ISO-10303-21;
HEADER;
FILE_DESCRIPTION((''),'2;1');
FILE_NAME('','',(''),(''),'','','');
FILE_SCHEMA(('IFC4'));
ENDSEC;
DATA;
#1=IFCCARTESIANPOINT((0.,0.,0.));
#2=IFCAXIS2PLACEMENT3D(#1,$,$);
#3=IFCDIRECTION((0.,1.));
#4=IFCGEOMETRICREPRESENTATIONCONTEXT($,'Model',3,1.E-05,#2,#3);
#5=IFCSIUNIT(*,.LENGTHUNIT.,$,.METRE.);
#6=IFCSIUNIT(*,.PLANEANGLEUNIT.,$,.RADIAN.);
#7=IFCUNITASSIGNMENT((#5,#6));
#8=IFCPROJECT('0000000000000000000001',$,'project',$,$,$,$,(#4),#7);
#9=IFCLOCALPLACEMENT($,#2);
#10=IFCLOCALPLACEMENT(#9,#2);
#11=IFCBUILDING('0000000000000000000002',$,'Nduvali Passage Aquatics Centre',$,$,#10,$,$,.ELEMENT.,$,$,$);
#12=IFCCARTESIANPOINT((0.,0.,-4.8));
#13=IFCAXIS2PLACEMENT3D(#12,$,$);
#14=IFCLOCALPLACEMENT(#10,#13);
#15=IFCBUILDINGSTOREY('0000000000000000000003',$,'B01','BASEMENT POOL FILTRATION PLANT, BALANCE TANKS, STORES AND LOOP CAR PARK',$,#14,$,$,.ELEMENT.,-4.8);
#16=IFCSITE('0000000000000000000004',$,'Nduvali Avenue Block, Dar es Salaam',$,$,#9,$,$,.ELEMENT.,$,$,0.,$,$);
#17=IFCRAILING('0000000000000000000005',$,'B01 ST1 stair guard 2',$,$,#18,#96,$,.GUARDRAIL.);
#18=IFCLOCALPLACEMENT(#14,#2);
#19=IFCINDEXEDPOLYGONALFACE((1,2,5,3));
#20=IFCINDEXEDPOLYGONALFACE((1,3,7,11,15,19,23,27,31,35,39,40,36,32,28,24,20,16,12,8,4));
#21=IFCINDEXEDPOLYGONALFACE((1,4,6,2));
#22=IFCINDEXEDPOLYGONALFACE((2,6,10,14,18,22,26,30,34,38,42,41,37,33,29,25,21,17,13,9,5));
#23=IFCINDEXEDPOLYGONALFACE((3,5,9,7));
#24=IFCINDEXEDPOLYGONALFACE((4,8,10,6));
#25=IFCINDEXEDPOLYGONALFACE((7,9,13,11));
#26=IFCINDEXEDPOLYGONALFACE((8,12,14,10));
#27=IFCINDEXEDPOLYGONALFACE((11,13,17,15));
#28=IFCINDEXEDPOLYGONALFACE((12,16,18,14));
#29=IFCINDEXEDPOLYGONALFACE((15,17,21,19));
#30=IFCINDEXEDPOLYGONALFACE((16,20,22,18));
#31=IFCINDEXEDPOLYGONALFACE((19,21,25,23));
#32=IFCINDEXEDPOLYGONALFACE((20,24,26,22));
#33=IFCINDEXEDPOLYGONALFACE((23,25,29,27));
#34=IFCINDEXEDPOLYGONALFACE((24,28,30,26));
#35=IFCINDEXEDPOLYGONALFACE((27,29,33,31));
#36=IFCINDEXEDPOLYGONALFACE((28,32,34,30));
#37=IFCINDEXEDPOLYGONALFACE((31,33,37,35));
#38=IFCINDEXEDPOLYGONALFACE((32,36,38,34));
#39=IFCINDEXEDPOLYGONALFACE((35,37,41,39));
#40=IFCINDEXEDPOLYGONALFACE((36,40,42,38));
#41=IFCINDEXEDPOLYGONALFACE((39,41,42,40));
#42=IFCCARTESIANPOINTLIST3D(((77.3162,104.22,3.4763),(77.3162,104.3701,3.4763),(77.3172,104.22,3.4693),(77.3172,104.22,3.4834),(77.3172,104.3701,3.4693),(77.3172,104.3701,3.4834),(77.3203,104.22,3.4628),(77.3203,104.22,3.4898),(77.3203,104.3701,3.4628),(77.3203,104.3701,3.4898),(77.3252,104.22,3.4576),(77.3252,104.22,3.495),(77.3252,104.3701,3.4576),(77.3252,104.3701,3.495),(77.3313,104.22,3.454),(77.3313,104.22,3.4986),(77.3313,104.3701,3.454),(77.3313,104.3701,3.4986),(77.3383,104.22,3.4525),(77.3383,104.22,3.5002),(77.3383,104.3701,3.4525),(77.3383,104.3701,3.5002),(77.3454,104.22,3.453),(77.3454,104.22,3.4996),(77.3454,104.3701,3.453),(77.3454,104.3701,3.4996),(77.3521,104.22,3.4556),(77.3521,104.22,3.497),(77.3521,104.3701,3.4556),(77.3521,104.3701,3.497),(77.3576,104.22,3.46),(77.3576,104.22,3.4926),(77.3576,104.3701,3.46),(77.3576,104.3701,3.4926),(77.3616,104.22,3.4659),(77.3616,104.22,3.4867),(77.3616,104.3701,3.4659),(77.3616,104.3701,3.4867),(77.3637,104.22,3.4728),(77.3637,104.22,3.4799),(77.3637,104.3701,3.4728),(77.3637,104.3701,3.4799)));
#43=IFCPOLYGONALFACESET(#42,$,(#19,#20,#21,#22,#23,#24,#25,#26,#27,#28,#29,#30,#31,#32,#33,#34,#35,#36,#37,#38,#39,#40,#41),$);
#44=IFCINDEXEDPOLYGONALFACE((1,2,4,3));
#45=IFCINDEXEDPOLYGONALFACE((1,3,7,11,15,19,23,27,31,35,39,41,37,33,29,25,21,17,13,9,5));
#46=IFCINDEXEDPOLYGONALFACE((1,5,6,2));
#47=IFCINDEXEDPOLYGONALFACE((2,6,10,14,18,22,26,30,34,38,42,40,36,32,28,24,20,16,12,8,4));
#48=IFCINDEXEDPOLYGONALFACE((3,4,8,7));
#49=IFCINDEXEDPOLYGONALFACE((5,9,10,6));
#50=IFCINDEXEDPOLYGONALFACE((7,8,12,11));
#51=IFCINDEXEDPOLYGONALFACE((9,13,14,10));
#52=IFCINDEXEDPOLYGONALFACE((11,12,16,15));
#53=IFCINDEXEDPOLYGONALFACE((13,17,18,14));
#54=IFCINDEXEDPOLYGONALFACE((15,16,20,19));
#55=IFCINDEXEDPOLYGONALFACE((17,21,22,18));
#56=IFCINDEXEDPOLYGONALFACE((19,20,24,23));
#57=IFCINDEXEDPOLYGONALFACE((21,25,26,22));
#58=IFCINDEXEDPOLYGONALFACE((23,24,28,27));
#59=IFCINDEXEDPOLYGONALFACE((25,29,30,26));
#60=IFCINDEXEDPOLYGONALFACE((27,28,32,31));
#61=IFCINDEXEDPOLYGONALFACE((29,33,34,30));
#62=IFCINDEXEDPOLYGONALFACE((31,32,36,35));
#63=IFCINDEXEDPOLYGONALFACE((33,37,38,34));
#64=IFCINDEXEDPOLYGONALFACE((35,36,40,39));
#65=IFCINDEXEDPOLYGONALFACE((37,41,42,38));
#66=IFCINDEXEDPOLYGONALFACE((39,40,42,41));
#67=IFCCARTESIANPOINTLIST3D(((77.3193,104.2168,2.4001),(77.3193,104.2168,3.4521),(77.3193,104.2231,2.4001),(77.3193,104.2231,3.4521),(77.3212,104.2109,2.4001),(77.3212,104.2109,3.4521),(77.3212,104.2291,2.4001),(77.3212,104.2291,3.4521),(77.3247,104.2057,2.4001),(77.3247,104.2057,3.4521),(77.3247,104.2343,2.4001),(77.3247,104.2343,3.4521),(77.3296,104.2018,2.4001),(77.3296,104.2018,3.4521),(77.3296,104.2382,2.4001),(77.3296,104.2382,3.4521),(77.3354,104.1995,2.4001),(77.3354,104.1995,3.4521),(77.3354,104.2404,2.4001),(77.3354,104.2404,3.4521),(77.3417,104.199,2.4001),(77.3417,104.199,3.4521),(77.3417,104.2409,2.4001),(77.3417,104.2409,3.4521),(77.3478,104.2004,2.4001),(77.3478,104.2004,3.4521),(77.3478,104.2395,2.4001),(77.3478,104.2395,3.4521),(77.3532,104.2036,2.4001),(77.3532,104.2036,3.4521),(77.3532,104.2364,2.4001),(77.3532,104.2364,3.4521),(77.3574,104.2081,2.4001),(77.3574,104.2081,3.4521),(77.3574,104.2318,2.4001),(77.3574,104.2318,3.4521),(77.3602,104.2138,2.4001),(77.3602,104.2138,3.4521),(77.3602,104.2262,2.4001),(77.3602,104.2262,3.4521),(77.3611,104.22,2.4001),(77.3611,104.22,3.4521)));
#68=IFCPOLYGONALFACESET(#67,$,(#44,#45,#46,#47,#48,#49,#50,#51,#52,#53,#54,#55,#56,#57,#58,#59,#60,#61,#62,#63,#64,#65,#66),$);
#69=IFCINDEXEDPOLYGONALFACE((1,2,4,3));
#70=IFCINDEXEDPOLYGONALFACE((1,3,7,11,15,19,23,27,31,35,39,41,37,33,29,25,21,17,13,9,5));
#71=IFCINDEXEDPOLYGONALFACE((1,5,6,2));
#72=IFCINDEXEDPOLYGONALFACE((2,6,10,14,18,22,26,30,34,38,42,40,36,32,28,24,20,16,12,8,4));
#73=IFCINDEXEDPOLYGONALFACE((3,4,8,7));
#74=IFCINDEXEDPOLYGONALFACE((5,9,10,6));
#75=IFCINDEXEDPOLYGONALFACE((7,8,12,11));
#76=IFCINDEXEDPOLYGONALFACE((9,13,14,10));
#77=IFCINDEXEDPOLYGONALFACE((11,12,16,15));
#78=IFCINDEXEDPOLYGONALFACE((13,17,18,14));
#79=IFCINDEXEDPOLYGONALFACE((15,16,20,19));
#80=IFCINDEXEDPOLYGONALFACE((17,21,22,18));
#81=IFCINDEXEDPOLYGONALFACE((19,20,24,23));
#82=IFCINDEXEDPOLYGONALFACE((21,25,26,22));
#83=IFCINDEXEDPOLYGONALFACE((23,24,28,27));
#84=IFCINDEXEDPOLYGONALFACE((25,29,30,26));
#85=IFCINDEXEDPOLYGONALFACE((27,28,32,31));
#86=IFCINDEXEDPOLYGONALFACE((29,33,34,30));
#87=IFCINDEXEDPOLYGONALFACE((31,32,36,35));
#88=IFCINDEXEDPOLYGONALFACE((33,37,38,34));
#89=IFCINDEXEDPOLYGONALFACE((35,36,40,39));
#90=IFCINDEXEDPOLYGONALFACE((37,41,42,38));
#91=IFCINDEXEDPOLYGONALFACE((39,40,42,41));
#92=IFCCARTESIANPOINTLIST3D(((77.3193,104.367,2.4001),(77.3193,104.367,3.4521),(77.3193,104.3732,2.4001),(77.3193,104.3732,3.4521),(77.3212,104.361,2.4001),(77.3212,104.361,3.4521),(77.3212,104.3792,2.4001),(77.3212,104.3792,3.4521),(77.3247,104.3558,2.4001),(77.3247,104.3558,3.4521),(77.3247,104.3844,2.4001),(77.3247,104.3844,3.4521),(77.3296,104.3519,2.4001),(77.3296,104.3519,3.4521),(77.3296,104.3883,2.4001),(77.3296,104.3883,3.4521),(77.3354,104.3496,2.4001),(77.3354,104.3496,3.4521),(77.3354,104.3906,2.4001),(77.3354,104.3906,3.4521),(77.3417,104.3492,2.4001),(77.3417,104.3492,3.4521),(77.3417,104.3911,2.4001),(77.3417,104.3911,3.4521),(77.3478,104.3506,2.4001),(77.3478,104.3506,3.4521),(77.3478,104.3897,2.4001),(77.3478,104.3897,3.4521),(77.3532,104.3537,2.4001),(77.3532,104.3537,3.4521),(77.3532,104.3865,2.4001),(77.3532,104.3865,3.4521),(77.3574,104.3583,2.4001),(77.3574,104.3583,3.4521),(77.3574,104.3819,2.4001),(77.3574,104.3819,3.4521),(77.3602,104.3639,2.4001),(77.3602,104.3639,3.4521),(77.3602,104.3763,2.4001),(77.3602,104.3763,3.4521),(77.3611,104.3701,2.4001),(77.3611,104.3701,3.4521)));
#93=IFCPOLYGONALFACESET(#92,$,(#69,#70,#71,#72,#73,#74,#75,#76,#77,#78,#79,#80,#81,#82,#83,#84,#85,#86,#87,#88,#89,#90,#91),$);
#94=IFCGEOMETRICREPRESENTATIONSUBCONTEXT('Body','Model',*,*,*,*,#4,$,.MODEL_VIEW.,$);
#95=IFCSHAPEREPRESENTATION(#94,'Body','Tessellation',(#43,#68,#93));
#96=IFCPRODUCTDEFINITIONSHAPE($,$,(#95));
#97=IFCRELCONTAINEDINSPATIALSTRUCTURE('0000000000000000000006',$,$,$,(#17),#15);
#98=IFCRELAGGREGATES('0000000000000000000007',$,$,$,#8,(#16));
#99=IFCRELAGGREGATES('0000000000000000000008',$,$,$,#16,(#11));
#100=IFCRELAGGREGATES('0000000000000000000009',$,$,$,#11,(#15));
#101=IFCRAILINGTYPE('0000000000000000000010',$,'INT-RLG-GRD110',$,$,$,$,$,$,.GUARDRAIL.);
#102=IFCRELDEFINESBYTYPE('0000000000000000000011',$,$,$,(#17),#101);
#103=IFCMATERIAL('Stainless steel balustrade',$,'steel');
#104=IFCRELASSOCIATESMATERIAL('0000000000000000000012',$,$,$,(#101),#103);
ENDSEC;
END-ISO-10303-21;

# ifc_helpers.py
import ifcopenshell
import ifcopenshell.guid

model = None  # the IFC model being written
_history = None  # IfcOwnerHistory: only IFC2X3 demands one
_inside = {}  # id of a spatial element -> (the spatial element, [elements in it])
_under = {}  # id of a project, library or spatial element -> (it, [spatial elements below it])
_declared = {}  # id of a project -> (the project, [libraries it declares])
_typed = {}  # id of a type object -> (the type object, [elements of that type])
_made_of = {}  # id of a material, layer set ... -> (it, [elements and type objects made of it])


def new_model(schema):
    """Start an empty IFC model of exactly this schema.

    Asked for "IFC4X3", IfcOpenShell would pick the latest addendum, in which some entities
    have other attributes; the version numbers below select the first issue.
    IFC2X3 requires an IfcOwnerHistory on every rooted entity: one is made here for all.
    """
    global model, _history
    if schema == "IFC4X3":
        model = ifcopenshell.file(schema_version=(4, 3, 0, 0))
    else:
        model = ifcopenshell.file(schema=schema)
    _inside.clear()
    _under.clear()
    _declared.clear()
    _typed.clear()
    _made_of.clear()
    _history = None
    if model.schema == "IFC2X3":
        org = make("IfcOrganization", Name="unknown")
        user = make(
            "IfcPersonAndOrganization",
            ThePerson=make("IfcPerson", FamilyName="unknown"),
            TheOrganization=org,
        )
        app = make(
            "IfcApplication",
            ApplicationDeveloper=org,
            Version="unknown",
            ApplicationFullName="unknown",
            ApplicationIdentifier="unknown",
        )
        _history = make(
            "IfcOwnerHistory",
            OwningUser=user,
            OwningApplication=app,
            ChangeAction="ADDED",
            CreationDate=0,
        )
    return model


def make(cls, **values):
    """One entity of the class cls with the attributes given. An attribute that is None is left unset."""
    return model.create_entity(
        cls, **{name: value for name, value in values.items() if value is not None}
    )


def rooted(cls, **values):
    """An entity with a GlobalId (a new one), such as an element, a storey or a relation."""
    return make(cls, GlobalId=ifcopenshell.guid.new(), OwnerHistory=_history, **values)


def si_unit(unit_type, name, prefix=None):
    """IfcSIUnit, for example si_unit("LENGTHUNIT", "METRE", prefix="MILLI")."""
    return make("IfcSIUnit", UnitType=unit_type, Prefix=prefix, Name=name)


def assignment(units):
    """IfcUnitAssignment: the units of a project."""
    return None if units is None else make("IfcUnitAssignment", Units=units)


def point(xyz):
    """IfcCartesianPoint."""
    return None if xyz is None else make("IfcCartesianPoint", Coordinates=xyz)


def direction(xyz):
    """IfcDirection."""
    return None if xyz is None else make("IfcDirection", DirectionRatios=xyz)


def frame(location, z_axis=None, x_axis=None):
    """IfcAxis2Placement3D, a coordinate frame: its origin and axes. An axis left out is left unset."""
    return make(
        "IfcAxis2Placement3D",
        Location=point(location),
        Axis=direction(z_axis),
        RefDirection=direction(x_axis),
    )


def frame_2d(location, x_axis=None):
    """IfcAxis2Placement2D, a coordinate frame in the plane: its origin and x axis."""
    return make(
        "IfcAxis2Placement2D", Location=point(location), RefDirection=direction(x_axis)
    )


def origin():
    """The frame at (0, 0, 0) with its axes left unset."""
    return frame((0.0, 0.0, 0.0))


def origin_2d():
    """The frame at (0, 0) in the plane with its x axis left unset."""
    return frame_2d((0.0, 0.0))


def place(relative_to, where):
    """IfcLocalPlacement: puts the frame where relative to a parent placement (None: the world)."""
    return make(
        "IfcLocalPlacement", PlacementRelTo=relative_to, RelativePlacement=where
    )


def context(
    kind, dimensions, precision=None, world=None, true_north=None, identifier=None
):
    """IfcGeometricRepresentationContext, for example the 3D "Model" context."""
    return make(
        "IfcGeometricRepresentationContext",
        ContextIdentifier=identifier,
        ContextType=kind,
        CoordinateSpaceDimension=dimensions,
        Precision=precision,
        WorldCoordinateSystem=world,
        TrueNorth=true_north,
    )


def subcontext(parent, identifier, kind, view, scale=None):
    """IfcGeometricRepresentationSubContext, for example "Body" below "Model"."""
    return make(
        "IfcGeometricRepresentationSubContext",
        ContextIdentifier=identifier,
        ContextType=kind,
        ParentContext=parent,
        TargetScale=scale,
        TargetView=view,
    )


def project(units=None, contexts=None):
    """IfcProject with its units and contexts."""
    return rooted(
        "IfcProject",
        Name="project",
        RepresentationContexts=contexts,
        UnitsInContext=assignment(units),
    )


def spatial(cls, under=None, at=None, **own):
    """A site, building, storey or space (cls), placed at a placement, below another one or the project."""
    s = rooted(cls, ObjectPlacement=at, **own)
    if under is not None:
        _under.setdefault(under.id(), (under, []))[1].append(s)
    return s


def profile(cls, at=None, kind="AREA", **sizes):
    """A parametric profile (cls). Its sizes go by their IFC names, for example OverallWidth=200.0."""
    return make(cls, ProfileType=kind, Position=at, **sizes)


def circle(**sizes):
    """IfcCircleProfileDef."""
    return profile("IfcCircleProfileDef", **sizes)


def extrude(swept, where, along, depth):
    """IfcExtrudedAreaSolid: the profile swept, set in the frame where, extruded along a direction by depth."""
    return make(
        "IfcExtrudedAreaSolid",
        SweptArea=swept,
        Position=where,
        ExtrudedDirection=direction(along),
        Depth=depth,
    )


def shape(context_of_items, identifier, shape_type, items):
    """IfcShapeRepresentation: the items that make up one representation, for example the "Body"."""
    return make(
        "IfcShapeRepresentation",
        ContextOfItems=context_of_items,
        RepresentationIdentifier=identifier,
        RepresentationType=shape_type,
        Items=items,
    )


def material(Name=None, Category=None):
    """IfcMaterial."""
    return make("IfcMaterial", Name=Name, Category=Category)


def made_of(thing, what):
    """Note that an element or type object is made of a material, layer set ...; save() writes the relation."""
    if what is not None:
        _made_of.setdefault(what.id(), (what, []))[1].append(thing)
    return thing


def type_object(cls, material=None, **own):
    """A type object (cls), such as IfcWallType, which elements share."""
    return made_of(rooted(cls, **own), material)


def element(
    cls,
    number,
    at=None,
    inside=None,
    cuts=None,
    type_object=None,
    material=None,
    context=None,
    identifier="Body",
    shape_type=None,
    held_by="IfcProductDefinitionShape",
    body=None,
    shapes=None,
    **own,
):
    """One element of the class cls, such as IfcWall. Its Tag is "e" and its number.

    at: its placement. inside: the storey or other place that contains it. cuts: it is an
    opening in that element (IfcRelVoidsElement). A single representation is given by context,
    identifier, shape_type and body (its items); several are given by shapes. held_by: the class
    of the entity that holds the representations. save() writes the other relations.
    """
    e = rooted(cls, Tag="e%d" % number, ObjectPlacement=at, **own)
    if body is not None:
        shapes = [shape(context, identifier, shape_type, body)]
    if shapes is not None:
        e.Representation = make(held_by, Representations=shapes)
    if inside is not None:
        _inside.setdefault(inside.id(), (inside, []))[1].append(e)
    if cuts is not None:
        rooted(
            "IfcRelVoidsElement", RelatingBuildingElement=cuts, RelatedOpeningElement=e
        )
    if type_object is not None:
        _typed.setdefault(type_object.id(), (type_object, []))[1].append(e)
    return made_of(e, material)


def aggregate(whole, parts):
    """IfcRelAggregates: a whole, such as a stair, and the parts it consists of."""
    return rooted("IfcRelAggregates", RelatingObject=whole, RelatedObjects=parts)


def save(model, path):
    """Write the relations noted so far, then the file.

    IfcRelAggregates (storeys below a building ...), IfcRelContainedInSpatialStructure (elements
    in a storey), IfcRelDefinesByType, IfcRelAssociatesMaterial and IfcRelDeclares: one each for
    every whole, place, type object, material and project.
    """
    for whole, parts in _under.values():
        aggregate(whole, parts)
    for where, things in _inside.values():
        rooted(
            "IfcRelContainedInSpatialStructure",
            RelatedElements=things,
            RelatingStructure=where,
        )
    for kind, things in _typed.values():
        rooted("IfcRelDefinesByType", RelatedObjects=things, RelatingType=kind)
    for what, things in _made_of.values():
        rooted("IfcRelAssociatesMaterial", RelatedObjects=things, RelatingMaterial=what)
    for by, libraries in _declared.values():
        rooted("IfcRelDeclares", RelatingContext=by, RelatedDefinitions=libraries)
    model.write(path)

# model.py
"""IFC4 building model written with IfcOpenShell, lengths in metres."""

from ifc_helpers import new_model, si_unit, direction, frame, origin, origin_2d, place, context, subcontext, project, spatial, circle, extrude, material, type_object, element, save


model = new_model("IFC4")

# Units and contexts
model_context = context("Model", 3, precision=1e-05, world=origin(), true_north=direction((0.0, 1.0)))
body_context = subcontext(model_context, "Body", "Model", "MODEL_VIEW")
ifc_project = project(units=[si_unit("LENGTHUNIT", "METRE"), si_unit("PLANEANGLEUNIT", "RADIAN")], contexts=[model_context])

# Site, building, storey
site_placement = place(None, origin())
site = spatial("IfcSite", under=ifc_project, at=site_placement, Name="Nduvali Avenue Block, Dar es Salaam", CompositionType="ELEMENT", RefElevation=0.0)
building_placement = place(site_placement, origin())
building = spatial("IfcBuilding", under=site, at=building_placement, Name="Nduvali Passage Aquatics Centre", CompositionType="ELEMENT")
storey_placement = place(building_placement, frame((0.0, 0.0, -4.8)))
storey = spatial("IfcBuildingStorey", under=building, at=storey_placement, Name="B01", Description="BASEMENT POOL FILTRATION PLANT, BALANCE TANKS, STORES AND LOOP CAR PARK", CompositionType="ELEMENT", Elevation=-4.8)

# Railing
ifc_material_1 = material(Name="Stainless steel balustrade", Category="steel")
railing_type_1 = type_object("IfcRailingType", Name="INT-RLG-GRD110", PredefinedType="GUARDRAIL", material=ifc_material_1)
railing_1_placement = place(storey_placement, frame((77.3401, 104.22, 2.4001)))
element("IfcRailing", 1, at=railing_1_placement, inside=storey, type_object=railing_type_1, Name="B01 ST1 stair guard 2", PredefinedType="GUARDRAIL", context=body_context, shape_type="SweptSolid", body=[
    extrude(circle(Radius=0.0239, at=origin_2d()), frame((0.0, 0.0, 1.0762), z_axis=(0.0, 1.0, 0.0), x_axis=(-1.0, 0.0, 0.0)), (0.0, 0.0, 1.0), 0.1501),
    extrude(circle(Radius=0.021, at=origin_2d()), origin(), (0.0, 0.0, 1.0), 1.052),
    extrude(circle(Radius=0.021, at=origin_2d()), frame((0.0, 0.1501, 0.0)), (0.0, 0.0, 1.0), 1.052),
])

save(model, "model.ifc")
